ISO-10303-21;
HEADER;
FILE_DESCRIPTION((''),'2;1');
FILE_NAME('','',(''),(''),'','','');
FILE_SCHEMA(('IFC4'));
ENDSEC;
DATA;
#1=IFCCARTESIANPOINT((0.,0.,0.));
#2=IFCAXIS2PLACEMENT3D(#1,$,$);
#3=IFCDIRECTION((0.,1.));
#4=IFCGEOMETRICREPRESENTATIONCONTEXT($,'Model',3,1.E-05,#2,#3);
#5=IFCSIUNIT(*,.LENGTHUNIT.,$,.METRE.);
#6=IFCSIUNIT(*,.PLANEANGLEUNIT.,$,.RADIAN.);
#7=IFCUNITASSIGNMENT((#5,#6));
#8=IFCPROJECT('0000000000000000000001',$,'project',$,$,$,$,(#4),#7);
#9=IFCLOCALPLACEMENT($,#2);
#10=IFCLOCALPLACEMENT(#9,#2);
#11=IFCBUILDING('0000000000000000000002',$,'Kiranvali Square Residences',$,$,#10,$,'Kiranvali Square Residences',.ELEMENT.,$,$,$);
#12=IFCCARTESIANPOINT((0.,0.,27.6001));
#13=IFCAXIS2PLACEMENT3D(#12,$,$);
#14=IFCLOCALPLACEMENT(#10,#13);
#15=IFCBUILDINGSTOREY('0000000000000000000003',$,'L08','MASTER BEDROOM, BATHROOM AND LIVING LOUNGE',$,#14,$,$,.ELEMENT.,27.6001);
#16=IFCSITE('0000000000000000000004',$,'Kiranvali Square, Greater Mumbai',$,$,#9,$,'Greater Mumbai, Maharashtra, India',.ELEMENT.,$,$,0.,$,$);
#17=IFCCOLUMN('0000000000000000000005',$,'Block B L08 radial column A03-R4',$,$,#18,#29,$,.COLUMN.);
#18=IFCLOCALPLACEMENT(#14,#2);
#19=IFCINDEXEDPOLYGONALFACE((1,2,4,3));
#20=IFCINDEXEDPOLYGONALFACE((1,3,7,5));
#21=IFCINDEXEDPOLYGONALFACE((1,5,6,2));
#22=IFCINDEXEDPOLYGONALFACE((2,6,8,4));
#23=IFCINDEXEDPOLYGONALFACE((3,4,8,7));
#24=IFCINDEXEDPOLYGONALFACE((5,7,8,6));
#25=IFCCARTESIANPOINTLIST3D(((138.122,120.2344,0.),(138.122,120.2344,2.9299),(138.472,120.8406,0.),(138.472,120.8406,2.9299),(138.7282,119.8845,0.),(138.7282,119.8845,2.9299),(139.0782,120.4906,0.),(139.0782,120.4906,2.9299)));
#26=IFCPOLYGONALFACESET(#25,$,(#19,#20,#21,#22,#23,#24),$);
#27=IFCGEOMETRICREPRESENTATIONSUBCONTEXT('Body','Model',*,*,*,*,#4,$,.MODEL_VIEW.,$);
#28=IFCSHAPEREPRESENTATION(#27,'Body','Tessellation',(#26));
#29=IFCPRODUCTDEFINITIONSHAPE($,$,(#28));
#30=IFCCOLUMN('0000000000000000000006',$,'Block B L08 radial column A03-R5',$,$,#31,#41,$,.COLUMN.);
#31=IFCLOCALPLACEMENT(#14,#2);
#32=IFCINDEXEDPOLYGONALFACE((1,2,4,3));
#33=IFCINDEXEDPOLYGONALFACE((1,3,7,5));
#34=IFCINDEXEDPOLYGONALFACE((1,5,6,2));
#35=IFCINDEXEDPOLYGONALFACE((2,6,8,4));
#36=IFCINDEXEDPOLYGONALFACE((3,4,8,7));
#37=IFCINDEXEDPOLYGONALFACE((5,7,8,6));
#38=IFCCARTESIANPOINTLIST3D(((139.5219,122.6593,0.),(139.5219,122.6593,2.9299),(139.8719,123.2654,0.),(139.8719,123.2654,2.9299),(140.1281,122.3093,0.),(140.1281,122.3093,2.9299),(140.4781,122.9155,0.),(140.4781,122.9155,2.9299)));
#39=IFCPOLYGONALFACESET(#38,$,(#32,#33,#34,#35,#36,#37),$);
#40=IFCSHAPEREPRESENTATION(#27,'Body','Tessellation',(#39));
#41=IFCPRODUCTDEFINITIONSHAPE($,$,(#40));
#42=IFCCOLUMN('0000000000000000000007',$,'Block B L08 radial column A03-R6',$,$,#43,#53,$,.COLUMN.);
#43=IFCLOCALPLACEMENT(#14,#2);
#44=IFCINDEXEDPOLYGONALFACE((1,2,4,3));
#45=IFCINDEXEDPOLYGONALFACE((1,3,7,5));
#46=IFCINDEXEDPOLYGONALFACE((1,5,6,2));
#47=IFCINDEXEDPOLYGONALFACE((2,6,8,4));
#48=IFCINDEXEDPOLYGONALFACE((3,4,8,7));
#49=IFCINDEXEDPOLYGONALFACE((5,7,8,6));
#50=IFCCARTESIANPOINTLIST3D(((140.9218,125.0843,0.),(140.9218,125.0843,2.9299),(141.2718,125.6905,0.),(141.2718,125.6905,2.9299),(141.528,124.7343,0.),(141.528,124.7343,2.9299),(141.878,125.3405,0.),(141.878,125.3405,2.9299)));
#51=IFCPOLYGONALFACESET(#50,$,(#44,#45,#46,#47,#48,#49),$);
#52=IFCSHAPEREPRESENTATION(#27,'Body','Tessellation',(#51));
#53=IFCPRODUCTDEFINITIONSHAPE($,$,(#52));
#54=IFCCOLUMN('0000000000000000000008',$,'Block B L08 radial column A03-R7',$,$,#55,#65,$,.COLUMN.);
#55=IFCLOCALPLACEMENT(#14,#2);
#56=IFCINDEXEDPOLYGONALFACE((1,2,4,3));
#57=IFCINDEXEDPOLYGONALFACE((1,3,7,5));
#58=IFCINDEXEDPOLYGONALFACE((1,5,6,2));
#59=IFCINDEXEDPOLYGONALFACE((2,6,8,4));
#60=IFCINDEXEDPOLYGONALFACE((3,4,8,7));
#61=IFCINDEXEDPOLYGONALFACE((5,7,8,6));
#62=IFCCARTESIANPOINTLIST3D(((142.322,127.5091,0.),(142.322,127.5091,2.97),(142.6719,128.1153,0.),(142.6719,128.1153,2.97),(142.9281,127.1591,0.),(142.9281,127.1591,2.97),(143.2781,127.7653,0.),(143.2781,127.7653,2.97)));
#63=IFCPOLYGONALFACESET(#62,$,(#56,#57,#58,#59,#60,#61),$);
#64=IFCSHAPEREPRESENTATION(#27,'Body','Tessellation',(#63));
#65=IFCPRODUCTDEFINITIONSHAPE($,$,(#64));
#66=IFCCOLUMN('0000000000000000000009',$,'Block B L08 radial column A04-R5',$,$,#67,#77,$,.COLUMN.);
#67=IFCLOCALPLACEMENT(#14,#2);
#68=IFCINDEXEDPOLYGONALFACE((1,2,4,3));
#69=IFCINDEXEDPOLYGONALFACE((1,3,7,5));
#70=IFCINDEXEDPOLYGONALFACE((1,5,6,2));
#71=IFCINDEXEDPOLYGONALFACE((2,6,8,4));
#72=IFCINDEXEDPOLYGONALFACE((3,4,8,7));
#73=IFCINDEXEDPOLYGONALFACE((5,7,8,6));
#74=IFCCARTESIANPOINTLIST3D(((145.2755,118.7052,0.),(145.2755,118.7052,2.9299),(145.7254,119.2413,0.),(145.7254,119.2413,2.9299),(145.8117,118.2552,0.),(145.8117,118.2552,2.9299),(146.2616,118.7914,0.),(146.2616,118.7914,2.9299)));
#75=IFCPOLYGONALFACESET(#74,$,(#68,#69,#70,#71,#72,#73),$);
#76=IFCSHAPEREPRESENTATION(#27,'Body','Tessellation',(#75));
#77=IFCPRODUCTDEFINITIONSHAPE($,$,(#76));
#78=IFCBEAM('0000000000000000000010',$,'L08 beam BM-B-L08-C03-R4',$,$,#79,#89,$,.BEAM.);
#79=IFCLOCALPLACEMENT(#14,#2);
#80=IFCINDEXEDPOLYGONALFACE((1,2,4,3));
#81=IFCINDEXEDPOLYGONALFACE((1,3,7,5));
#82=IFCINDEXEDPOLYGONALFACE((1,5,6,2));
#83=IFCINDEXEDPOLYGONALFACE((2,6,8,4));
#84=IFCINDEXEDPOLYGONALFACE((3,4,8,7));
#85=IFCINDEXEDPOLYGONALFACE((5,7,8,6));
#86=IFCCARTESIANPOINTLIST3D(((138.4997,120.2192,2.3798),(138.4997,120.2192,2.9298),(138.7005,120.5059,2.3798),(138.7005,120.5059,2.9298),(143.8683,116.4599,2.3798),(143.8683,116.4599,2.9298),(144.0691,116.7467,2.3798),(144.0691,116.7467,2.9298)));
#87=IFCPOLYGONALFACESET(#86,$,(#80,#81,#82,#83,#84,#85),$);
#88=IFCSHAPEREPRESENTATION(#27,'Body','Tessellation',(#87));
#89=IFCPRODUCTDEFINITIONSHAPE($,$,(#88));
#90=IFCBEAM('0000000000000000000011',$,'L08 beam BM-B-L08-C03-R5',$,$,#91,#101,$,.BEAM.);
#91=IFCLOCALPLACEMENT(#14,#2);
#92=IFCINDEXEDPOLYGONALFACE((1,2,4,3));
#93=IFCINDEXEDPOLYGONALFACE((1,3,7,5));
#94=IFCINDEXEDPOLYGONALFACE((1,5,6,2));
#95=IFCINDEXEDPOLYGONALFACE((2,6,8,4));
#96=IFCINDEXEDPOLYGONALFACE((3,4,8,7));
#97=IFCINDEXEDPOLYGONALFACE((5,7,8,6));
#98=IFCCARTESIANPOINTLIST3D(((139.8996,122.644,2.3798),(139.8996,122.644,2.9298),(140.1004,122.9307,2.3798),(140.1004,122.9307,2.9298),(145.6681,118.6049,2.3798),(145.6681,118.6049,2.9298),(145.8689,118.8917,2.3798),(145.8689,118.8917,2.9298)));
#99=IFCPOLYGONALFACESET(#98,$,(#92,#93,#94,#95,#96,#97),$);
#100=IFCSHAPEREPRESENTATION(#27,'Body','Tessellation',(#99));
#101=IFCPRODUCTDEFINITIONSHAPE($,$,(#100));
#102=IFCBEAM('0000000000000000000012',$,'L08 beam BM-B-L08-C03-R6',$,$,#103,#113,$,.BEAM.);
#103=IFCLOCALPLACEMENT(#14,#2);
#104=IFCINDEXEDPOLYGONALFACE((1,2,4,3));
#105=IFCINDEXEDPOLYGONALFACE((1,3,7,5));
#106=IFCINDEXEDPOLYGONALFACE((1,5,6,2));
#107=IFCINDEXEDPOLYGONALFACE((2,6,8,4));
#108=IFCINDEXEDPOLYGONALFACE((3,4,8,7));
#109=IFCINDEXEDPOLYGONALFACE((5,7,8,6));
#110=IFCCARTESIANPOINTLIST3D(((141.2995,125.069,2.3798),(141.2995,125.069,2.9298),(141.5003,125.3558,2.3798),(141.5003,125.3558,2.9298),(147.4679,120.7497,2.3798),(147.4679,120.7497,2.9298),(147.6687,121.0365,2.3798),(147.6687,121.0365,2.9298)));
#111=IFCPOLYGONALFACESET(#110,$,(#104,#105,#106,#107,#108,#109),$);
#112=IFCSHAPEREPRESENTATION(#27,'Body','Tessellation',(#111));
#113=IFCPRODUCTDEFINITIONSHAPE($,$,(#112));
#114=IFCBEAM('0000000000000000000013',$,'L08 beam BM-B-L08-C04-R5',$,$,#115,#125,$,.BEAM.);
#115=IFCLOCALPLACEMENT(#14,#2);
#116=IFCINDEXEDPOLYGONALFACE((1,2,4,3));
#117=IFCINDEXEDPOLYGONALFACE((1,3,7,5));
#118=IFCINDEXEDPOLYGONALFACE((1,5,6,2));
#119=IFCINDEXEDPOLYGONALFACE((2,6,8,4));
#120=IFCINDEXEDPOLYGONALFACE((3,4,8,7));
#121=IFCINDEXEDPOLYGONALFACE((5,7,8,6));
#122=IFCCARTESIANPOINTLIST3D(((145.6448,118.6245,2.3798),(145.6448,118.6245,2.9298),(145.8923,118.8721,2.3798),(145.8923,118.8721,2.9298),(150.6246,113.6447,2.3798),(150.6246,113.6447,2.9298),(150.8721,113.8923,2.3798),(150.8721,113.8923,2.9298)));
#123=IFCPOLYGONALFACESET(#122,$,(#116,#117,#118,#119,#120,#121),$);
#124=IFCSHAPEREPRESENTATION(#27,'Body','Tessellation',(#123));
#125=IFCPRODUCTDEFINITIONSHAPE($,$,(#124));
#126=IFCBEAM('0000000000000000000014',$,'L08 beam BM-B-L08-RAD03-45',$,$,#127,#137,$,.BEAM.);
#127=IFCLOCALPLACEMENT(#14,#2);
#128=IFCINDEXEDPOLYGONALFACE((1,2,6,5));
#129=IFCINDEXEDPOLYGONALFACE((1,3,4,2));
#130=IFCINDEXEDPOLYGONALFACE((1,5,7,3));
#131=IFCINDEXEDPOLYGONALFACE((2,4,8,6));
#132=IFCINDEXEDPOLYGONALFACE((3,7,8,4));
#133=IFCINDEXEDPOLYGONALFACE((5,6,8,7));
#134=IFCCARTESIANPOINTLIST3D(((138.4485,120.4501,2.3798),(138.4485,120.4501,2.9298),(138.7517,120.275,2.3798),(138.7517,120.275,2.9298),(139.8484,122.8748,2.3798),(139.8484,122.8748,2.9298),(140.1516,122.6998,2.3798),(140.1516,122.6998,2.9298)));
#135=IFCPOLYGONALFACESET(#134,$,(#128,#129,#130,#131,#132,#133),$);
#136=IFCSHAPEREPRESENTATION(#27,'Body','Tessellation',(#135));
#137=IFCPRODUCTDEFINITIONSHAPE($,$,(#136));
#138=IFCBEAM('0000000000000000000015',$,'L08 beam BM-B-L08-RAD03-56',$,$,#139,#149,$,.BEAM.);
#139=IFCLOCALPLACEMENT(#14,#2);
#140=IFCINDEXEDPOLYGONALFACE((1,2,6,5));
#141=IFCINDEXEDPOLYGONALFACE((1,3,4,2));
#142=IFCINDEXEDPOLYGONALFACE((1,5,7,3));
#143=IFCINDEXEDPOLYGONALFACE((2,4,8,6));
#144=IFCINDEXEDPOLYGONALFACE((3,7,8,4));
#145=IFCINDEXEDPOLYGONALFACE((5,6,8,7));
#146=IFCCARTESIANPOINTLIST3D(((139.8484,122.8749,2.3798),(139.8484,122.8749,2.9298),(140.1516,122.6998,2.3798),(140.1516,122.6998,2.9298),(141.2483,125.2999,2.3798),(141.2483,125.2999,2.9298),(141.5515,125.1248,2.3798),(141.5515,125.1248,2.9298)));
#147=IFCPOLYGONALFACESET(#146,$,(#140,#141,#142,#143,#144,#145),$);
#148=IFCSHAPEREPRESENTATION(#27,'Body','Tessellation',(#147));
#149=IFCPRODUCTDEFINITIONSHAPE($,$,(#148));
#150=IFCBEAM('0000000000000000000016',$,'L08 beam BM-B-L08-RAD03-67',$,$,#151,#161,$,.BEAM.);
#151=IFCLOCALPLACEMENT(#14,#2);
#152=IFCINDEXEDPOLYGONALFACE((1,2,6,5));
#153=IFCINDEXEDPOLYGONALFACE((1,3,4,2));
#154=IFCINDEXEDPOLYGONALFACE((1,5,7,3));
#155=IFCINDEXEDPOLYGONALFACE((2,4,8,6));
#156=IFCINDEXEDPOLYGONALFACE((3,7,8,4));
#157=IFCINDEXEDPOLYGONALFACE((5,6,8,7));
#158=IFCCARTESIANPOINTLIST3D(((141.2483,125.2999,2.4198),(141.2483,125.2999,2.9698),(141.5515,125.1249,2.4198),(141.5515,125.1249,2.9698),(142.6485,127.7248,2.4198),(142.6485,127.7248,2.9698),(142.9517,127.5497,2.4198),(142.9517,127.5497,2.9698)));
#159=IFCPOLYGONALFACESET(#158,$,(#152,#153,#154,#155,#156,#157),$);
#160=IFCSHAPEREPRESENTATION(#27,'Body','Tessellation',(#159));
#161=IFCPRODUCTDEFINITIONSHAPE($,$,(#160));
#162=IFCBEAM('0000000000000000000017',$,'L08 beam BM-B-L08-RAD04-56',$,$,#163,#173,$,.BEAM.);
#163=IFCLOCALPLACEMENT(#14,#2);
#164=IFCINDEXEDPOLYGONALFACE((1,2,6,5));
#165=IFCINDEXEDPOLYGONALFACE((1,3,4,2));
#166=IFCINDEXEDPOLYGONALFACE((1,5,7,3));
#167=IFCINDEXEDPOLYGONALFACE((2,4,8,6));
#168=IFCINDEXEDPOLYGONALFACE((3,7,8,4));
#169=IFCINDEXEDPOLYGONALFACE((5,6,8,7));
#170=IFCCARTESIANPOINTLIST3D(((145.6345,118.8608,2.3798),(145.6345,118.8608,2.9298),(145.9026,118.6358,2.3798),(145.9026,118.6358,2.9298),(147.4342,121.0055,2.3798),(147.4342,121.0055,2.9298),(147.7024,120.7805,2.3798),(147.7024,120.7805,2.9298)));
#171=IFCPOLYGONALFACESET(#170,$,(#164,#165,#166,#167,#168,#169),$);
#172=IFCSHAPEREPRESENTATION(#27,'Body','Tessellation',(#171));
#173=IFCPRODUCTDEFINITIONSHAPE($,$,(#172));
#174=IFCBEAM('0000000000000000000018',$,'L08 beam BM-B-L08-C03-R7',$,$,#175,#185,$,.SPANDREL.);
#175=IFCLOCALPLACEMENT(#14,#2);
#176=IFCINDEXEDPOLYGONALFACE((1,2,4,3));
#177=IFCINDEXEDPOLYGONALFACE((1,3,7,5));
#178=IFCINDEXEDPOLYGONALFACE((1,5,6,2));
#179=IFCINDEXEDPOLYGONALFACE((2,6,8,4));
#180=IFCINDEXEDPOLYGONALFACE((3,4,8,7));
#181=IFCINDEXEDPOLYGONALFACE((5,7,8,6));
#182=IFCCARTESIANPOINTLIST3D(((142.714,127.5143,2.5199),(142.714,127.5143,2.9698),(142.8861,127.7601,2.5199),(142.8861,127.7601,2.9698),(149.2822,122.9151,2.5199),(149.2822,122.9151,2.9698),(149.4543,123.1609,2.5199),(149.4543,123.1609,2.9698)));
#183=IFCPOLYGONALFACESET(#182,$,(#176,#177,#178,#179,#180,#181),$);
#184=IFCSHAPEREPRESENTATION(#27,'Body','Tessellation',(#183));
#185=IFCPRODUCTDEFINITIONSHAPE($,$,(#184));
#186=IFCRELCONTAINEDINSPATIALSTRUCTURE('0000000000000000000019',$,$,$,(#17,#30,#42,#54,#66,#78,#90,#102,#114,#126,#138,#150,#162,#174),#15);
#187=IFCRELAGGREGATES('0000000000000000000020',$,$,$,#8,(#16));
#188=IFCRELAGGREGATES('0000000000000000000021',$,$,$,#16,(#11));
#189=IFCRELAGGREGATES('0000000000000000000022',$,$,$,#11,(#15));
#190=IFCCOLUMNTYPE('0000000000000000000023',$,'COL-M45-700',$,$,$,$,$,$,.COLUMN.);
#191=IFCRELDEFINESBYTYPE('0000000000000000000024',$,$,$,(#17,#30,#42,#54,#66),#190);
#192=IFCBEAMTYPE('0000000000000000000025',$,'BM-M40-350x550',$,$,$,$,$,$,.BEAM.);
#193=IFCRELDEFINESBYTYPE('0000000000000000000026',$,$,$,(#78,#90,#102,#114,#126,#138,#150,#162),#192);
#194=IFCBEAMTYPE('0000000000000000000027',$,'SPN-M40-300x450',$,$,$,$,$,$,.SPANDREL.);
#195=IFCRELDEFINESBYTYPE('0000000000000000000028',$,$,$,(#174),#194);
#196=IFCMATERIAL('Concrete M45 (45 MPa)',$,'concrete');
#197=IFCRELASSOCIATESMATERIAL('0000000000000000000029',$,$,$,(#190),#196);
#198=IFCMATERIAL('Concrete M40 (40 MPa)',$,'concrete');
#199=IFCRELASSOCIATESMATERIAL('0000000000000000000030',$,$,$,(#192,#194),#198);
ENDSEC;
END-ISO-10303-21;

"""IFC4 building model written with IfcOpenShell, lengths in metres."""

from ifc_helpers import new_model, si_unit, direction, frame, origin, origin_2d, place, context, subcontext, project, spatial, rectangle, extrude, material, material_profile, profile_set, type_object, element, save


model = new_model("IFC4")

# Units and contexts
model_context = context("Model", 3, precision=1e-05, world=origin(), true_north=direction((0.0, 1.0)))
body_context = subcontext(model_context, "Body", "Model", "MODEL_VIEW")
ifc_project = project(units=[si_unit("LENGTHUNIT", "METRE"), si_unit("PLANEANGLEUNIT", "RADIAN")], contexts=[model_context])

# Site, building, storey
site_placement = place(None, origin())
site = spatial("IfcSite", under=ifc_project, at=site_placement, Name="Kiranvali Square, Greater Mumbai", LongName="Greater Mumbai, Maharashtra, India", CompositionType="ELEMENT", RefElevation=0.0)
building_placement = place(site_placement, origin())
building = spatial("IfcBuilding", under=site, at=building_placement, Name="Kiranvali Square Residences", LongName="Kiranvali Square Residences", CompositionType="ELEMENT")
storey_placement = place(building_placement, frame((0.0, 0.0, 27.6001)))
storey = spatial("IfcBuildingStorey", under=building, at=storey_placement, Name="L08", Description="MASTER BEDROOM, BATHROOM AND LIVING LOUNGE", CompositionType="ELEMENT", Elevation=27.6001)

# Columns
ifc_material_1 = material(Name="Concrete M45 (45 MPa)", Category="concrete")
ifc_material_profile_1 = material_profile(ifc_material_1, rectangle(XDim=0.7, YDim=0.7, at=origin_2d()), Name="RC 700x700")
ifc_profile_set_1 = profile_set([ifc_material_profile_1], Name="Concrete M45 (45 MPa)")
column_type = type_object("IfcColumnType", Name="COL-M45-700", PredefinedType="COLUMN", material=ifc_profile_set_1)
for number, where, z_axis, x_axis, name in (
    (1, (138.6001, 120.3625, 0.0), (0.0, 0.0, 1.0), (-0.866025, 0.5, 0.0), "Block B L08 radial column A03-R4"),
    (2, (140.0, 122.7874, 0.0), (0.0, 0.0, 1.0), (-0.866025, 0.5, 0.0), "Block B L08 radial column A03-R5"),
    (3, (141.3999, 125.2124, 0.0), (0.0, 0.0, 1.0), (-0.866025, 0.5, 0.0), "Block B L08 radial column A03-R6"),
):
    element("IfcColumn", number, at=place(storey_placement, frame(where, z_axis=z_axis, x_axis=x_axis)), inside=storey, type_object=column_type, Name=name, PredefinedType="COLUMN", context=body_context, shape_type="SweptSolid", body=[
        extrude(rectangle(XDim=0.7, YDim=0.7, at=origin_2d()), origin(), (0.0, 0.0, 1.0), 2.9299),
    ])
column_1_placement = place(storey_placement, frame((142.8, 127.6372, 0.0), z_axis=(0.0, 0.0, 1.0), x_axis=(-0.866025, 0.5, 0.0)))
element("IfcColumn", 4, at=column_1_placement, inside=storey, type_object=column_type, Name="Block B L08 radial column A03-R7", PredefinedType="COLUMN", context=body_context, shape_type="SweptSolid", body=[
    extrude(rectangle(XDim=0.7, YDim=0.7, at=origin_2d()), origin(), (0.0, 0.0, 1.0), 2.97),
])
column_2_placement = place(storey_placement, frame((145.7686, 118.7483, 0.0), z_axis=(0.0, 0.0, 1.0), x_axis=(-0.766044, 0.642788, 0.0)))
element("IfcColumn", 5, at=column_2_placement, inside=storey, type_object=column_type, Name="Block B L08 radial column A04-R5", PredefinedType="COLUMN", context=body_context, shape_type="SweptSolid", body=[
    extrude(rectangle(XDim=0.7, YDim=0.7, at=origin_2d()), origin(), (0.0, 0.0, 1.0), 2.9299),
])

# Beams
ifc_material_2 = material(Name="Concrete M40 (40 MPa)", Category="concrete")
ifc_material_profile_2 = material_profile(ifc_material_2, rectangle(XDim=0.3501, YDim=0.55, at=origin_2d()), Name="RC 350x550")
ifc_profile_set_2 = profile_set([ifc_material_profile_2], Name="Concrete M40 (40 MPa)")
beam_type_1 = type_object("IfcBeamType", Name="BM-M40-350x550", PredefinedType="BEAM", material=ifc_profile_set_2)
beam_1_placement = place(storey_placement, frame((138.6001, 120.3625, 2.6548), z_axis=(0.819144, -0.573587, 0.0), x_axis=(0.573587, 0.819144, 0.0)))
element("IfcBeam", 6, at=beam_1_placement, inside=storey, type_object=beam_type_1, Name="L08 beam BM-B-L08-C03-R4", PredefinedType="BEAM", context=body_context, shape_type="SweptSolid", body=[
    extrude(rectangle(XDim=0.3501, YDim=0.55, at=origin_2d()), origin(), (0.0, 0.0, 1.0), 6.554),
])
beam_2_placement = place(storey_placement, frame((140.0, 122.7874, 2.6548), z_axis=(0.81916, -0.573565, 0.0), x_axis=(0.573565, 0.81916, 0.0)))
element("IfcBeam", 7, at=beam_2_placement, inside=storey, type_object=beam_type_1, Name="L08 beam BM-B-L08-C03-R5", PredefinedType="BEAM", context=body_context, shape_type="SweptSolid", body=[
    extrude(rectangle(XDim=0.3501, YDim=0.55, at=origin_2d()), origin(), (0.0, 0.0, 1.0), 7.042),
])
beam_3_placement = place(storey_placement, frame((141.3999, 125.2124, 2.6548), z_axis=(0.819144, -0.573589, 0.0), x_axis=(0.573589, 0.819144, 0.0)))
element("IfcBeam", 8, at=beam_3_placement, inside=storey, type_object=beam_type_1, Name="L08 beam BM-B-L08-C03-R6", PredefinedType="BEAM", context=body_context, shape_type="SweptSolid", body=[
    extrude(rectangle(XDim=0.3501, YDim=0.55, at=origin_2d()), origin(), (0.0, 0.0, 1.0), 7.5303),
])
beam_4_placement = place(storey_placement, frame((145.7686, 118.7483, 2.6548), z_axis=(0.707107, -0.707107, 0.0), x_axis=(0.707107, 0.707107, 0.0)))
element("IfcBeam", 9, at=beam_4_placement, inside=storey, type_object=beam_type_1, Name="L08 beam BM-B-L08-C04-R5", PredefinedType="BEAM", context=body_context, shape_type="SweptSolid", body=[
    extrude(rectangle(XDim=0.3501, YDim=0.55, at=origin_2d()), origin(), (0.0, 0.0, 1.0), 7.0425),
])
beam_5_placement = place(storey_placement, frame((138.6001, 120.3625, 2.6548), z_axis=(0.499984, 0.866035, 0.0), x_axis=(-0.866035, 0.499984, 0.0)))
element("IfcBeam", 10, at=beam_5_placement, inside=storey, type_object=beam_type_1, Name="L08 beam BM-B-L08-RAD03-45", PredefinedType="BEAM", context=body_context, shape_type="SweptSolid", body=[
    extrude(rectangle(XDim=0.3501, YDim=0.55, at=origin_2d()), origin(), (0.0, 0.0, 1.0), 2.7998),
])
for number, where, z_axis, x_axis, name in (
    (11, (140.0, 122.7874, 2.6548), (0.499946, 0.866056, 0.0), (-0.866056, 0.499946, 0.0), "L08 beam BM-B-L08-RAD03-56"),
    (12, (141.3999, 125.2124, 2.6948), (0.50005, 0.865997, 0.0), (-0.865997, 0.50005, 0.0), "L08 beam BM-B-L08-RAD03-67"),
):
    element("IfcBeam", number, at=place(storey_placement, frame(where, z_axis=z_axis, x_axis=x_axis)), inside=storey, type_object=beam_type_1, Name=name, PredefinedType="BEAM", context=body_context, shape_type="SweptSolid", body=[
        extrude(rectangle(XDim=0.3501, YDim=0.55, at=origin_2d()), origin(), (0.0, 0.0, 1.0), 2.8),
    ])
beam_6_placement = place(storey_placement, frame((145.7686, 118.7483, 2.6548), z_axis=(0.642814, 0.766023, 0.0), x_axis=(-0.766023, 0.642814, 0.0)))
element("IfcBeam", 13, at=beam_6_placement, inside=storey, type_object=beam_type_1, Name="L08 beam BM-B-L08-RAD04-56", PredefinedType="BEAM", context=body_context, shape_type="SweptSolid", body=[
    extrude(rectangle(XDim=0.3501, YDim=0.55, at=origin_2d()), origin(), (0.0, 0.0, 1.0), 2.7998),
])
ifc_material_profile_3 = material_profile(ifc_material_2, rectangle(XDim=0.3, YDim=0.45, at=origin_2d()), Name="RC 300x450")
ifc_profile_set_3 = profile_set([ifc_material_profile_3], Name="Concrete M40 (40 MPa)")
beam_type_2 = type_object("IfcBeamType", Name="SPN-M40-300x450", PredefinedType="SPANDREL", material=ifc_profile_set_3)
beam_7_placement = place(storey_placement, frame((142.8, 127.6372, 2.7449), z_axis=(0.819148, -0.573583, 0.0), x_axis=(0.573583, 0.819148, 0.0)))
element("IfcBeam", 14, at=beam_7_placement, inside=storey, type_object=beam_type_2, Name="L08 beam BM-B-L08-C03-R7", PredefinedType="SPANDREL", context=body_context, shape_type="SweptSolid", body=[
    extrude(rectangle(XDim=0.3, YDim=0.45, at=origin_2d()), origin(), (0.0, 0.0, 1.0), 8.0183),
])

save(model, "model.ifc")
